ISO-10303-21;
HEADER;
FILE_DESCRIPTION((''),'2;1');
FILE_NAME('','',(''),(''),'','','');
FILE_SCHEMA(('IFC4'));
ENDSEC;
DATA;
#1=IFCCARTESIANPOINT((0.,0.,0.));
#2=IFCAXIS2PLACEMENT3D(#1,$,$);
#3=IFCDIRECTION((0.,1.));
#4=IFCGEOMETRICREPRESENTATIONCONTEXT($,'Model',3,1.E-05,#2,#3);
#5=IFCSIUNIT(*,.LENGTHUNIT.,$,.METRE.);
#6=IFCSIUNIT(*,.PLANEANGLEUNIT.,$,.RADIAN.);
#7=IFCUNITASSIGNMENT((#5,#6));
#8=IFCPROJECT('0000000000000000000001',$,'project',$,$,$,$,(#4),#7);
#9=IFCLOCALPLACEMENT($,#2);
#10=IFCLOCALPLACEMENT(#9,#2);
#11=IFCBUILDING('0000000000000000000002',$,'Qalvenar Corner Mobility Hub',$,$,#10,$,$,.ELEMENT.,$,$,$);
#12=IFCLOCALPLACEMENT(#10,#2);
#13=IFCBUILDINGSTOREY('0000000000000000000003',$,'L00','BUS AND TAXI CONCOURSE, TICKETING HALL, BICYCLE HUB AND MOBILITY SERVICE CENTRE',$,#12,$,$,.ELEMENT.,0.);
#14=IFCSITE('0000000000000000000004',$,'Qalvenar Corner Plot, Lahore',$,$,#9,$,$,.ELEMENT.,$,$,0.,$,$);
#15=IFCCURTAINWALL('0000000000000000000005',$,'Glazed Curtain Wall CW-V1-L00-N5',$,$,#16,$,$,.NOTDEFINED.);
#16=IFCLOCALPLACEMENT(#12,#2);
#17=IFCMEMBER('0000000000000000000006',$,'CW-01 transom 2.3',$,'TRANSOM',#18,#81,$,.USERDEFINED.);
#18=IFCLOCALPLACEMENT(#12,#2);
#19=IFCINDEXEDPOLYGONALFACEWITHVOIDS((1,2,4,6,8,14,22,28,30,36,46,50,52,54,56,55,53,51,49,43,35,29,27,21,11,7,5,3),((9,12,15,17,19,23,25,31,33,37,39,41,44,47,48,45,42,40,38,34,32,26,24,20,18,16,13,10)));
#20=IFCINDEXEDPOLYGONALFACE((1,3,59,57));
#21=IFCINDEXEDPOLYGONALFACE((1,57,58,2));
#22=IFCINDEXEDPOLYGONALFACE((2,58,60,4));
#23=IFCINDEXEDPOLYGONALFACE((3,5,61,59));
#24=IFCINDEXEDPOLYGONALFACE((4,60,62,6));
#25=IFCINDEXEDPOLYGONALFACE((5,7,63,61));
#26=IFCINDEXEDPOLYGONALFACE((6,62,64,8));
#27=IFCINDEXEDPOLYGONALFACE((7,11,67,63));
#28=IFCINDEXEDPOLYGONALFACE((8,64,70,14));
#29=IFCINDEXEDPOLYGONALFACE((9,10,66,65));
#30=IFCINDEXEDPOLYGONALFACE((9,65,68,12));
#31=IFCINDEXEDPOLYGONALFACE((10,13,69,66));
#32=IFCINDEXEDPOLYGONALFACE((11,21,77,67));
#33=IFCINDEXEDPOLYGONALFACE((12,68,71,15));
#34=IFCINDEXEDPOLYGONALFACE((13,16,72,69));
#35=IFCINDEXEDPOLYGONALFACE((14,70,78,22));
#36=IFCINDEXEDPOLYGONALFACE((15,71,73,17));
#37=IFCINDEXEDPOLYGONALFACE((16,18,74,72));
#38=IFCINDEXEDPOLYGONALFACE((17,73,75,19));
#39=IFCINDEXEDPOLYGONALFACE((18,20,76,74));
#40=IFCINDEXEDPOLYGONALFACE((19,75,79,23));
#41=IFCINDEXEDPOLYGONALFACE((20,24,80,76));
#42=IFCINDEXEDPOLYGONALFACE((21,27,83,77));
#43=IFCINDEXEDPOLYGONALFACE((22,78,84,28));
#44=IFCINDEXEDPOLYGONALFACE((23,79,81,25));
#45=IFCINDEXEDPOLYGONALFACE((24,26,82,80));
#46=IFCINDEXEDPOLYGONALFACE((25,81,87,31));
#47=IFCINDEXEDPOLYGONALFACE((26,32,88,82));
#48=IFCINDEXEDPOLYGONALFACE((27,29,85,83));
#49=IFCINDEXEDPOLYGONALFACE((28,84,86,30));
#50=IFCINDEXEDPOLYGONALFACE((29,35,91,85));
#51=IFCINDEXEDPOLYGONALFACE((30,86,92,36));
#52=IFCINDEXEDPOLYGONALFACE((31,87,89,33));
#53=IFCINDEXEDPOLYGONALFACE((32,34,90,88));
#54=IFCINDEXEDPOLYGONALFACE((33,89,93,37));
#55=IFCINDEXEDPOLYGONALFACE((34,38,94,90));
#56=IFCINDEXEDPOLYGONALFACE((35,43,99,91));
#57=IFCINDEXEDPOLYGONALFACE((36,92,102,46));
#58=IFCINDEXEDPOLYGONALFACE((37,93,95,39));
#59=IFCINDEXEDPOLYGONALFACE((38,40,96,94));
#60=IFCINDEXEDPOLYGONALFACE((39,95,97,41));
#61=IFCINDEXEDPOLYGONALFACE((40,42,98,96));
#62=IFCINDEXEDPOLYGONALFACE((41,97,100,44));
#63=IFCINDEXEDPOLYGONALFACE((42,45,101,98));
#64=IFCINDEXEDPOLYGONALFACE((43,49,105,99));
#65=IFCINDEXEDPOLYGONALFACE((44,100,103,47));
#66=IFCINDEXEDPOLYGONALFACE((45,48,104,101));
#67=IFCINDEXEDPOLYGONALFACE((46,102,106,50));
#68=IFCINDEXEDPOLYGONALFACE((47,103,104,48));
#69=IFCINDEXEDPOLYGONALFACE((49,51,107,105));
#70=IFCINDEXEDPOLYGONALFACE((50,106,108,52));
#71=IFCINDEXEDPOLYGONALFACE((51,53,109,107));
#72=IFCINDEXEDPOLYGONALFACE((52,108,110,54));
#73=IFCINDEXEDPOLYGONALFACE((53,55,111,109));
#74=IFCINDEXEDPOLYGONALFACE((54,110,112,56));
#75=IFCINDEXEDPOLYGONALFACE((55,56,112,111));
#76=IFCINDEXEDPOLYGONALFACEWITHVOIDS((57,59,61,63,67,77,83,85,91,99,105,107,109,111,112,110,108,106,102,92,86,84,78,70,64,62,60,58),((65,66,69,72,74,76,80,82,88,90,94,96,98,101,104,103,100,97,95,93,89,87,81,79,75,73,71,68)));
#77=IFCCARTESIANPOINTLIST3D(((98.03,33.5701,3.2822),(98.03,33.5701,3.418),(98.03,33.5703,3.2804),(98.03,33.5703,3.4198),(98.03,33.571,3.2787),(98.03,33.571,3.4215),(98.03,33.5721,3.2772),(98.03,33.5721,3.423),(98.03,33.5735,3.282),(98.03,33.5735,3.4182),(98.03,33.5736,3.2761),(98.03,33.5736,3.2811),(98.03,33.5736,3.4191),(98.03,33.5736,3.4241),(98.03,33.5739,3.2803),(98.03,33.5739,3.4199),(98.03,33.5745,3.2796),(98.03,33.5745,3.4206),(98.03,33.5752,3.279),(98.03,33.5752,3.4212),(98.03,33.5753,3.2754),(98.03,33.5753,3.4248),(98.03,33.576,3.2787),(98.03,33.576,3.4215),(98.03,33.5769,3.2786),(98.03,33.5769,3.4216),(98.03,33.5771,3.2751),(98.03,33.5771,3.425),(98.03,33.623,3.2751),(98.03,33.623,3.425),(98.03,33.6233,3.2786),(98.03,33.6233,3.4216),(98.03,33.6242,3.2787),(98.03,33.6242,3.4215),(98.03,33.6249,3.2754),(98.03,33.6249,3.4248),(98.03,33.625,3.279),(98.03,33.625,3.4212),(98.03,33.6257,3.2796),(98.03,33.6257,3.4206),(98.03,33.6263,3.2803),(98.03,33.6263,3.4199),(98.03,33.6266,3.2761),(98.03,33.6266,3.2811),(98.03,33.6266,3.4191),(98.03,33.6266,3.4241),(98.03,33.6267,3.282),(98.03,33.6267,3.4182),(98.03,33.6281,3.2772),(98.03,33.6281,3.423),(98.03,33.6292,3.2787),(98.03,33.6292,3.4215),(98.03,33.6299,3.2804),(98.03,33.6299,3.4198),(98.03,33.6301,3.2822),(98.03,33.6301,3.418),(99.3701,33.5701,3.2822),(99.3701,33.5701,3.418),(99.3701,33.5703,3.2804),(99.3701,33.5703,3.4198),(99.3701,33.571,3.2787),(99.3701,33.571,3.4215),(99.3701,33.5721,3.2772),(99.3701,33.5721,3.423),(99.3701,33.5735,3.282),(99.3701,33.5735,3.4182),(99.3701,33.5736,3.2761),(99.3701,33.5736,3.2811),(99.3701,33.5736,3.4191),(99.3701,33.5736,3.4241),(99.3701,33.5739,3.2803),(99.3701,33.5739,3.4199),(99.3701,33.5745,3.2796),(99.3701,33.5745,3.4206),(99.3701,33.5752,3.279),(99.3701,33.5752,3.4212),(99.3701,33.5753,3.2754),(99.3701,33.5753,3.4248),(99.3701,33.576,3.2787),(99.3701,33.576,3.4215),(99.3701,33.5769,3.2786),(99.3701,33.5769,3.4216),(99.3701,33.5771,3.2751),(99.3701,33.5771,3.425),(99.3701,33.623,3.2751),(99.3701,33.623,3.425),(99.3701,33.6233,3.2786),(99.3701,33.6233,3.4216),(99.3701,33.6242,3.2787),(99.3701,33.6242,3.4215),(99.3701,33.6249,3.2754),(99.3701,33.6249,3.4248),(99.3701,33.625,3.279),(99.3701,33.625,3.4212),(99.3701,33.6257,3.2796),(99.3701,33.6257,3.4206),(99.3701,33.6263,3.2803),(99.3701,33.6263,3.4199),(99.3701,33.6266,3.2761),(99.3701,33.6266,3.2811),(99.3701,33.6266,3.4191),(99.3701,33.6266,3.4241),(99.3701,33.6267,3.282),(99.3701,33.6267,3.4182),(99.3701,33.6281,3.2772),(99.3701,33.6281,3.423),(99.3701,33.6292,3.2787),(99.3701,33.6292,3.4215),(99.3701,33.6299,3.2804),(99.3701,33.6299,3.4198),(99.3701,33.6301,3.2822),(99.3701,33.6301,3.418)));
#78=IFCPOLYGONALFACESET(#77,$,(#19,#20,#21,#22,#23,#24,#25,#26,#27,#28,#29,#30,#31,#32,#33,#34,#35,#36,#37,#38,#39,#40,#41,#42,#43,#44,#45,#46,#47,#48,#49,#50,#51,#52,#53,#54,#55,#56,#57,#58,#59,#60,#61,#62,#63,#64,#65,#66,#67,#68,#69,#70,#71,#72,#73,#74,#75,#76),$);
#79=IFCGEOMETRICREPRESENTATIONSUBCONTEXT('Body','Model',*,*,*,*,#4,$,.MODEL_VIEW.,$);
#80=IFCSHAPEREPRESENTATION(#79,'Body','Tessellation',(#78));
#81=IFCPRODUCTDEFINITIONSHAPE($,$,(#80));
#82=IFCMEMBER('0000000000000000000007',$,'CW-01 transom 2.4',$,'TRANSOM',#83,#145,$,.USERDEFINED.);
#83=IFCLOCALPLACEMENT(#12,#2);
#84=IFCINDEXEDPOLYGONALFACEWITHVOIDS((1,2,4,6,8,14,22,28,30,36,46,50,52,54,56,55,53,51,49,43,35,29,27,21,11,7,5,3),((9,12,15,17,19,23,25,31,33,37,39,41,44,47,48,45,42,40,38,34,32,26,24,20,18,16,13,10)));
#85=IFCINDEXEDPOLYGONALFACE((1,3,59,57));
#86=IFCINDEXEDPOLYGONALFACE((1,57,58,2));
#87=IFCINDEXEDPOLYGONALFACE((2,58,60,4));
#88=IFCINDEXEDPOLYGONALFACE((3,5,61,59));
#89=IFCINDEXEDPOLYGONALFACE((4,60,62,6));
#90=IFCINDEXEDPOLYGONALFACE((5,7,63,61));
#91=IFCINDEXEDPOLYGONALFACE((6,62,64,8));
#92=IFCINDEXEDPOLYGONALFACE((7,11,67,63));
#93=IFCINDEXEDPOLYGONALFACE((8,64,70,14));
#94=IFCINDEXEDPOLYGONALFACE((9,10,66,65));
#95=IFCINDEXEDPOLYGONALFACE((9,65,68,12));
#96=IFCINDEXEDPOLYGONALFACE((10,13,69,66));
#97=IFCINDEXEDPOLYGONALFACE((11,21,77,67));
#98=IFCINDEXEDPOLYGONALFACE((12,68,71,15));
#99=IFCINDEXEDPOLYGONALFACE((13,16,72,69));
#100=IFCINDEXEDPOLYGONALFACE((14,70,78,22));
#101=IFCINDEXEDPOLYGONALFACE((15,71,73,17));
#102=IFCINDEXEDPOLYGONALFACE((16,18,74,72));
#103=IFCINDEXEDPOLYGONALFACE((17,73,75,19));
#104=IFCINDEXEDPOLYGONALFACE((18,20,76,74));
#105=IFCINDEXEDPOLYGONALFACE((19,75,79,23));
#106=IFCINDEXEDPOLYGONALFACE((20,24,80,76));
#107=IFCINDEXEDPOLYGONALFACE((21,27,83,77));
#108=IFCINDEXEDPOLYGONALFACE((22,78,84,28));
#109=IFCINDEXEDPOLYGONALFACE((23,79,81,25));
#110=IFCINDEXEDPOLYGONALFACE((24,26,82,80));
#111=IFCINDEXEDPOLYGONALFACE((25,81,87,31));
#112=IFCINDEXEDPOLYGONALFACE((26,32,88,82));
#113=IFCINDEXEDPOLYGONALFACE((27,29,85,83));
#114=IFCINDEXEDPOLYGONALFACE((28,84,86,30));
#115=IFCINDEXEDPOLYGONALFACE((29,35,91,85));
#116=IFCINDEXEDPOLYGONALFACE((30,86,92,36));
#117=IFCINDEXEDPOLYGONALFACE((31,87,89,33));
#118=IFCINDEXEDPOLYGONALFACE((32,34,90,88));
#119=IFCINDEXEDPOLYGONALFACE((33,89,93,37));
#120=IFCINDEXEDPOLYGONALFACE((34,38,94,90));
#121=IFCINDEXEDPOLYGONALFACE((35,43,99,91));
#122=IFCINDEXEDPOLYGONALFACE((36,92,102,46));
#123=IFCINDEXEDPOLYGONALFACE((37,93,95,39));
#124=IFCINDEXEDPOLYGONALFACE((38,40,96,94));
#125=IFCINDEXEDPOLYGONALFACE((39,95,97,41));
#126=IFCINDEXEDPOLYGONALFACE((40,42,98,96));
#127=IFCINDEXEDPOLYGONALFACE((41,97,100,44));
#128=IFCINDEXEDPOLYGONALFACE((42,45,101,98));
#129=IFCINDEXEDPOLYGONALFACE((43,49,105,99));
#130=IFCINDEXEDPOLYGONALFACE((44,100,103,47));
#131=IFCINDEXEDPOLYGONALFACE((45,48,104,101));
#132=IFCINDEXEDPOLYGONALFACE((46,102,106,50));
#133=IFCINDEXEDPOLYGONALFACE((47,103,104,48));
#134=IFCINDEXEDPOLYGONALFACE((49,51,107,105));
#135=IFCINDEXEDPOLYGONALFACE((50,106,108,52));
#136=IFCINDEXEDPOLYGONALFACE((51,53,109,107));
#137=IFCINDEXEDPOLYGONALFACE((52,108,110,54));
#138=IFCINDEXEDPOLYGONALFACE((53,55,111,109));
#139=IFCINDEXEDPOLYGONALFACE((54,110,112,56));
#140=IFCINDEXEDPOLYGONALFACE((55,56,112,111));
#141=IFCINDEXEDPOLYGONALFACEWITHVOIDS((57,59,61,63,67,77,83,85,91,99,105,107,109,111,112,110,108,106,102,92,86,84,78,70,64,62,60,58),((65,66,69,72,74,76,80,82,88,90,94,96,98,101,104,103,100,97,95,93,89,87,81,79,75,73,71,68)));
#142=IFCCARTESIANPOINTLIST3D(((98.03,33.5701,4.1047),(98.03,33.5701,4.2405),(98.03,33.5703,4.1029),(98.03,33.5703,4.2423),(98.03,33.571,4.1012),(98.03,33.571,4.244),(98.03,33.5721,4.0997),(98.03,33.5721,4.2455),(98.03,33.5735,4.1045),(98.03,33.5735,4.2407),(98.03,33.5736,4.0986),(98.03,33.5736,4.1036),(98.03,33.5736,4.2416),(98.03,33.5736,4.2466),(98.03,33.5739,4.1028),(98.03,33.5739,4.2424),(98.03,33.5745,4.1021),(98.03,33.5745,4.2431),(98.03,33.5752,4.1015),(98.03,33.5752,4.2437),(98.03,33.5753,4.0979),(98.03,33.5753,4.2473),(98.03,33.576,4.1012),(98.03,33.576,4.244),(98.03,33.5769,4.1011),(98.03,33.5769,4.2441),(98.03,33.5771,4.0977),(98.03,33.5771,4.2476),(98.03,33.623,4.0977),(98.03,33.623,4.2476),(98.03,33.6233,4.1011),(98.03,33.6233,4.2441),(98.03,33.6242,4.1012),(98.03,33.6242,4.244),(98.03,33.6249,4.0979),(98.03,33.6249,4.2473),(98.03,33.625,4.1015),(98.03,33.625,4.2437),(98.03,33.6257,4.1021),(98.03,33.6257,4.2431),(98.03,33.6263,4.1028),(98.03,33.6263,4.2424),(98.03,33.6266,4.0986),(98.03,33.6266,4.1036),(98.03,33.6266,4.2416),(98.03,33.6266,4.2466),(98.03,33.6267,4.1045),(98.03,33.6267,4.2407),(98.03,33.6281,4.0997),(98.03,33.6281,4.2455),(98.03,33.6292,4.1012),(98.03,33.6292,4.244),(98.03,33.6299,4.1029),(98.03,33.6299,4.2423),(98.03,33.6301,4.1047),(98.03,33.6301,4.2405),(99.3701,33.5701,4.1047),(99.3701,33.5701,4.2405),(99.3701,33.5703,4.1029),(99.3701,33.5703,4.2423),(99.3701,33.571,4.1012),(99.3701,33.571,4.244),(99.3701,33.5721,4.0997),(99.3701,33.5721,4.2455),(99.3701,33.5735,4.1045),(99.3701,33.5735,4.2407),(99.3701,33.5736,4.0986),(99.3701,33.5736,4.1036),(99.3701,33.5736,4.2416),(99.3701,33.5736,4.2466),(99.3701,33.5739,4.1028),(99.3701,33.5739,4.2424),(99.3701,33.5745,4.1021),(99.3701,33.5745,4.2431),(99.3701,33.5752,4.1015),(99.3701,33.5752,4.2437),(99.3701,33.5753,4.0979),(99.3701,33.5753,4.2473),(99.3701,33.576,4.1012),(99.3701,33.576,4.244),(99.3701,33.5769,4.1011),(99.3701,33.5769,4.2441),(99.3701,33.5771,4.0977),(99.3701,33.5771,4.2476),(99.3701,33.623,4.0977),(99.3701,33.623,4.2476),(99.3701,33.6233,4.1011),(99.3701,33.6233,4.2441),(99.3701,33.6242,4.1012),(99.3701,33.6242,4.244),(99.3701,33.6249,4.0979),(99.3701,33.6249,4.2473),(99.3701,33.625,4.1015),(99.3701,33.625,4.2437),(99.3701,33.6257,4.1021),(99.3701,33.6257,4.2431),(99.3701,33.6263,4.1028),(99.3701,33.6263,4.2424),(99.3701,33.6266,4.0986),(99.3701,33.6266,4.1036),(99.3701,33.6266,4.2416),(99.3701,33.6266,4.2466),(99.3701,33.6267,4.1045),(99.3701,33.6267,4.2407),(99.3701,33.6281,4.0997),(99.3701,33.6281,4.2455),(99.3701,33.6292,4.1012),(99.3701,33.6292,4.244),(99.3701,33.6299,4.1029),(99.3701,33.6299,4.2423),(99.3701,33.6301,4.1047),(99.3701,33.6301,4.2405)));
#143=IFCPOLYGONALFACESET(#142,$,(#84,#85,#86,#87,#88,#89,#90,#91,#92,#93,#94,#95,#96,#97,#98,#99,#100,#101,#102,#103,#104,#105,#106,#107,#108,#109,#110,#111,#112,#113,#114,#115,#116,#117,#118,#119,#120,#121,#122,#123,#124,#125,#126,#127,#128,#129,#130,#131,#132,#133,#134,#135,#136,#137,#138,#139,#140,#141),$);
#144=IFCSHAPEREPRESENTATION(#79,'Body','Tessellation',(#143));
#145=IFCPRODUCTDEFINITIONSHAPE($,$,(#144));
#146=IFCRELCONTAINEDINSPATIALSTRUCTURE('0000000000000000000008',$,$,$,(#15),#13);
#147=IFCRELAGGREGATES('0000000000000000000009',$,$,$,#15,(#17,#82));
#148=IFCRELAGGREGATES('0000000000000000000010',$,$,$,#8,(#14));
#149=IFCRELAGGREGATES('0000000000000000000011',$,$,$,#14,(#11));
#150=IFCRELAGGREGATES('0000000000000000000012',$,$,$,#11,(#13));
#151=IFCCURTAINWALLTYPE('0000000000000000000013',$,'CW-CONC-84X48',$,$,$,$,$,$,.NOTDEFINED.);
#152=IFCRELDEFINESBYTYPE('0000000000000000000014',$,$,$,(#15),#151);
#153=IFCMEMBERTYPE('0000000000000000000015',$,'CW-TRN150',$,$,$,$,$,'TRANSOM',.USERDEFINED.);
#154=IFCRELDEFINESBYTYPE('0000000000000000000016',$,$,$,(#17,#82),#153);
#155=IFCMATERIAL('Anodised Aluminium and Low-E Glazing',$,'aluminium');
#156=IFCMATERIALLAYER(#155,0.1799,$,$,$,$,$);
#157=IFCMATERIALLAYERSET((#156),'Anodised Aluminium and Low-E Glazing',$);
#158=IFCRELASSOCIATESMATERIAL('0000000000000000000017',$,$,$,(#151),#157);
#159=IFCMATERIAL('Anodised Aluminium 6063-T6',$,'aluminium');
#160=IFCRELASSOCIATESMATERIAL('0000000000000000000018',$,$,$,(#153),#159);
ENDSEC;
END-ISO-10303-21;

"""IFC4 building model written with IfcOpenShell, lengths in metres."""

from ifc_helpers import new_model, si_unit, direction, frame, origin, origin_2d, place, context, subcontext, project, spatial, hollow_rectangle, extrude, material, layer, layer_set, material_profile, profile_set, type_object, element, aggregate, save


model = new_model("IFC4")

# Units and contexts
model_context = context("Model", 3, precision=1e-05, world=origin(), true_north=direction((0.0, 1.0)))
body_context = subcontext(model_context, "Body", "Model", "MODEL_VIEW")
ifc_project = project(units=[si_unit("LENGTHUNIT", "METRE"), si_unit("PLANEANGLEUNIT", "RADIAN")], contexts=[model_context])

# Site, building, storey
site_placement = place(None, origin())
site = spatial("IfcSite", under=ifc_project, at=site_placement, Name="Qalvenar Corner Plot, Lahore", CompositionType="ELEMENT", RefElevation=0.0)
building_placement = place(site_placement, origin())
building = spatial("IfcBuilding", under=site, at=building_placement, Name="Qalvenar Corner Mobility Hub", CompositionType="ELEMENT")
storey_placement = place(building_placement, origin())
storey = spatial("IfcBuildingStorey", under=building, at=storey_placement, Name="L00", Description="BUS AND TAXI CONCOURSE, TICKETING HALL, BICYCLE HUB AND MOBILITY SERVICE CENTRE", CompositionType="ELEMENT", Elevation=0.0)

# Curtain wall, members
ifc_material_1 = material(Name="Anodised Aluminium and Low-E Glazing", Category="aluminium")
ifc_layer_1 = layer(ifc_material_1, 0.1799)
ifc_layer_set_1 = layer_set([ifc_layer_1], Name="Anodised Aluminium and Low-E Glazing")
curtain_wall_type = type_object("IfcCurtainWallType", Name="CW-CONC-84X48", PredefinedType="NOTDEFINED", material=ifc_layer_set_1)
curtain_wall_placement = place(storey_placement, origin())
curtain_wall = element("IfcCurtainWall", 1, at=curtain_wall_placement, inside=storey, type_object=curtain_wall_type, Name="Glazed Curtain Wall CW-V1-L00-N5", PredefinedType="NOTDEFINED")
ifc_material_2 = material(Name="Anodised Aluminium 6063-T6", Category="aluminium")
ifc_material_profile_1 = material_profile(ifc_material_2, hollow_rectangle(XDim=0.0601, YDim=0.1499, WallThickness=0.0034, InnerFilletRadius=0.0034, OuterFilletRadius=0.0071, at=origin_2d()), Name="RHS150x60x3.5")
ifc_profile_set_1 = profile_set([ifc_material_profile_1], Name="Anodised Aluminium 6063-T6")
member_type_1 = type_object("IfcMemberType", Name="CW-TRN150", ElementType="TRANSOM", PredefinedType="USERDEFINED", material=ifc_profile_set_1)
member_1_placement = place(storey_placement, frame((99.3701, 33.6001, 3.3501), z_axis=(-1.0, 0.0, 0.0), x_axis=(0.0, -1.0, 0.0)))
member_1 = element("IfcMember", 2, at=member_1_placement, type_object=member_type_1, Name="CW-01 transom 2.3", ObjectType="TRANSOM", PredefinedType="USERDEFINED", context=body_context, shape_type="SweptSolid", body=[
    extrude(hollow_rectangle(XDim=0.0601, YDim=0.1499, WallThickness=0.0034, InnerFilletRadius=0.0034, OuterFilletRadius=0.0071, at=origin_2d()), origin(), (0.0, 0.0, 1.0), 1.3401),
])
member_2_placement = place(storey_placement, frame((99.3701, 33.6001, 4.1726), z_axis=(-1.0, 0.0, 0.0), x_axis=(0.0, -1.0, 0.0)))
member_2 = element("IfcMember", 3, at=member_2_placement, type_object=member_type_1, Name="CW-01 transom 2.4", ObjectType="TRANSOM", PredefinedType="USERDEFINED", context=body_context, shape_type="SweptSolid", body=[
    extrude(hollow_rectangle(XDim=0.0601, YDim=0.1499, WallThickness=0.0034, InnerFilletRadius=0.0034, OuterFilletRadius=0.0071, at=origin_2d()), origin(), (0.0, 0.0, 1.0), 1.3401),
])
aggregate(curtain_wall, [member_1, member_2])

save(model, "model.ifc")
